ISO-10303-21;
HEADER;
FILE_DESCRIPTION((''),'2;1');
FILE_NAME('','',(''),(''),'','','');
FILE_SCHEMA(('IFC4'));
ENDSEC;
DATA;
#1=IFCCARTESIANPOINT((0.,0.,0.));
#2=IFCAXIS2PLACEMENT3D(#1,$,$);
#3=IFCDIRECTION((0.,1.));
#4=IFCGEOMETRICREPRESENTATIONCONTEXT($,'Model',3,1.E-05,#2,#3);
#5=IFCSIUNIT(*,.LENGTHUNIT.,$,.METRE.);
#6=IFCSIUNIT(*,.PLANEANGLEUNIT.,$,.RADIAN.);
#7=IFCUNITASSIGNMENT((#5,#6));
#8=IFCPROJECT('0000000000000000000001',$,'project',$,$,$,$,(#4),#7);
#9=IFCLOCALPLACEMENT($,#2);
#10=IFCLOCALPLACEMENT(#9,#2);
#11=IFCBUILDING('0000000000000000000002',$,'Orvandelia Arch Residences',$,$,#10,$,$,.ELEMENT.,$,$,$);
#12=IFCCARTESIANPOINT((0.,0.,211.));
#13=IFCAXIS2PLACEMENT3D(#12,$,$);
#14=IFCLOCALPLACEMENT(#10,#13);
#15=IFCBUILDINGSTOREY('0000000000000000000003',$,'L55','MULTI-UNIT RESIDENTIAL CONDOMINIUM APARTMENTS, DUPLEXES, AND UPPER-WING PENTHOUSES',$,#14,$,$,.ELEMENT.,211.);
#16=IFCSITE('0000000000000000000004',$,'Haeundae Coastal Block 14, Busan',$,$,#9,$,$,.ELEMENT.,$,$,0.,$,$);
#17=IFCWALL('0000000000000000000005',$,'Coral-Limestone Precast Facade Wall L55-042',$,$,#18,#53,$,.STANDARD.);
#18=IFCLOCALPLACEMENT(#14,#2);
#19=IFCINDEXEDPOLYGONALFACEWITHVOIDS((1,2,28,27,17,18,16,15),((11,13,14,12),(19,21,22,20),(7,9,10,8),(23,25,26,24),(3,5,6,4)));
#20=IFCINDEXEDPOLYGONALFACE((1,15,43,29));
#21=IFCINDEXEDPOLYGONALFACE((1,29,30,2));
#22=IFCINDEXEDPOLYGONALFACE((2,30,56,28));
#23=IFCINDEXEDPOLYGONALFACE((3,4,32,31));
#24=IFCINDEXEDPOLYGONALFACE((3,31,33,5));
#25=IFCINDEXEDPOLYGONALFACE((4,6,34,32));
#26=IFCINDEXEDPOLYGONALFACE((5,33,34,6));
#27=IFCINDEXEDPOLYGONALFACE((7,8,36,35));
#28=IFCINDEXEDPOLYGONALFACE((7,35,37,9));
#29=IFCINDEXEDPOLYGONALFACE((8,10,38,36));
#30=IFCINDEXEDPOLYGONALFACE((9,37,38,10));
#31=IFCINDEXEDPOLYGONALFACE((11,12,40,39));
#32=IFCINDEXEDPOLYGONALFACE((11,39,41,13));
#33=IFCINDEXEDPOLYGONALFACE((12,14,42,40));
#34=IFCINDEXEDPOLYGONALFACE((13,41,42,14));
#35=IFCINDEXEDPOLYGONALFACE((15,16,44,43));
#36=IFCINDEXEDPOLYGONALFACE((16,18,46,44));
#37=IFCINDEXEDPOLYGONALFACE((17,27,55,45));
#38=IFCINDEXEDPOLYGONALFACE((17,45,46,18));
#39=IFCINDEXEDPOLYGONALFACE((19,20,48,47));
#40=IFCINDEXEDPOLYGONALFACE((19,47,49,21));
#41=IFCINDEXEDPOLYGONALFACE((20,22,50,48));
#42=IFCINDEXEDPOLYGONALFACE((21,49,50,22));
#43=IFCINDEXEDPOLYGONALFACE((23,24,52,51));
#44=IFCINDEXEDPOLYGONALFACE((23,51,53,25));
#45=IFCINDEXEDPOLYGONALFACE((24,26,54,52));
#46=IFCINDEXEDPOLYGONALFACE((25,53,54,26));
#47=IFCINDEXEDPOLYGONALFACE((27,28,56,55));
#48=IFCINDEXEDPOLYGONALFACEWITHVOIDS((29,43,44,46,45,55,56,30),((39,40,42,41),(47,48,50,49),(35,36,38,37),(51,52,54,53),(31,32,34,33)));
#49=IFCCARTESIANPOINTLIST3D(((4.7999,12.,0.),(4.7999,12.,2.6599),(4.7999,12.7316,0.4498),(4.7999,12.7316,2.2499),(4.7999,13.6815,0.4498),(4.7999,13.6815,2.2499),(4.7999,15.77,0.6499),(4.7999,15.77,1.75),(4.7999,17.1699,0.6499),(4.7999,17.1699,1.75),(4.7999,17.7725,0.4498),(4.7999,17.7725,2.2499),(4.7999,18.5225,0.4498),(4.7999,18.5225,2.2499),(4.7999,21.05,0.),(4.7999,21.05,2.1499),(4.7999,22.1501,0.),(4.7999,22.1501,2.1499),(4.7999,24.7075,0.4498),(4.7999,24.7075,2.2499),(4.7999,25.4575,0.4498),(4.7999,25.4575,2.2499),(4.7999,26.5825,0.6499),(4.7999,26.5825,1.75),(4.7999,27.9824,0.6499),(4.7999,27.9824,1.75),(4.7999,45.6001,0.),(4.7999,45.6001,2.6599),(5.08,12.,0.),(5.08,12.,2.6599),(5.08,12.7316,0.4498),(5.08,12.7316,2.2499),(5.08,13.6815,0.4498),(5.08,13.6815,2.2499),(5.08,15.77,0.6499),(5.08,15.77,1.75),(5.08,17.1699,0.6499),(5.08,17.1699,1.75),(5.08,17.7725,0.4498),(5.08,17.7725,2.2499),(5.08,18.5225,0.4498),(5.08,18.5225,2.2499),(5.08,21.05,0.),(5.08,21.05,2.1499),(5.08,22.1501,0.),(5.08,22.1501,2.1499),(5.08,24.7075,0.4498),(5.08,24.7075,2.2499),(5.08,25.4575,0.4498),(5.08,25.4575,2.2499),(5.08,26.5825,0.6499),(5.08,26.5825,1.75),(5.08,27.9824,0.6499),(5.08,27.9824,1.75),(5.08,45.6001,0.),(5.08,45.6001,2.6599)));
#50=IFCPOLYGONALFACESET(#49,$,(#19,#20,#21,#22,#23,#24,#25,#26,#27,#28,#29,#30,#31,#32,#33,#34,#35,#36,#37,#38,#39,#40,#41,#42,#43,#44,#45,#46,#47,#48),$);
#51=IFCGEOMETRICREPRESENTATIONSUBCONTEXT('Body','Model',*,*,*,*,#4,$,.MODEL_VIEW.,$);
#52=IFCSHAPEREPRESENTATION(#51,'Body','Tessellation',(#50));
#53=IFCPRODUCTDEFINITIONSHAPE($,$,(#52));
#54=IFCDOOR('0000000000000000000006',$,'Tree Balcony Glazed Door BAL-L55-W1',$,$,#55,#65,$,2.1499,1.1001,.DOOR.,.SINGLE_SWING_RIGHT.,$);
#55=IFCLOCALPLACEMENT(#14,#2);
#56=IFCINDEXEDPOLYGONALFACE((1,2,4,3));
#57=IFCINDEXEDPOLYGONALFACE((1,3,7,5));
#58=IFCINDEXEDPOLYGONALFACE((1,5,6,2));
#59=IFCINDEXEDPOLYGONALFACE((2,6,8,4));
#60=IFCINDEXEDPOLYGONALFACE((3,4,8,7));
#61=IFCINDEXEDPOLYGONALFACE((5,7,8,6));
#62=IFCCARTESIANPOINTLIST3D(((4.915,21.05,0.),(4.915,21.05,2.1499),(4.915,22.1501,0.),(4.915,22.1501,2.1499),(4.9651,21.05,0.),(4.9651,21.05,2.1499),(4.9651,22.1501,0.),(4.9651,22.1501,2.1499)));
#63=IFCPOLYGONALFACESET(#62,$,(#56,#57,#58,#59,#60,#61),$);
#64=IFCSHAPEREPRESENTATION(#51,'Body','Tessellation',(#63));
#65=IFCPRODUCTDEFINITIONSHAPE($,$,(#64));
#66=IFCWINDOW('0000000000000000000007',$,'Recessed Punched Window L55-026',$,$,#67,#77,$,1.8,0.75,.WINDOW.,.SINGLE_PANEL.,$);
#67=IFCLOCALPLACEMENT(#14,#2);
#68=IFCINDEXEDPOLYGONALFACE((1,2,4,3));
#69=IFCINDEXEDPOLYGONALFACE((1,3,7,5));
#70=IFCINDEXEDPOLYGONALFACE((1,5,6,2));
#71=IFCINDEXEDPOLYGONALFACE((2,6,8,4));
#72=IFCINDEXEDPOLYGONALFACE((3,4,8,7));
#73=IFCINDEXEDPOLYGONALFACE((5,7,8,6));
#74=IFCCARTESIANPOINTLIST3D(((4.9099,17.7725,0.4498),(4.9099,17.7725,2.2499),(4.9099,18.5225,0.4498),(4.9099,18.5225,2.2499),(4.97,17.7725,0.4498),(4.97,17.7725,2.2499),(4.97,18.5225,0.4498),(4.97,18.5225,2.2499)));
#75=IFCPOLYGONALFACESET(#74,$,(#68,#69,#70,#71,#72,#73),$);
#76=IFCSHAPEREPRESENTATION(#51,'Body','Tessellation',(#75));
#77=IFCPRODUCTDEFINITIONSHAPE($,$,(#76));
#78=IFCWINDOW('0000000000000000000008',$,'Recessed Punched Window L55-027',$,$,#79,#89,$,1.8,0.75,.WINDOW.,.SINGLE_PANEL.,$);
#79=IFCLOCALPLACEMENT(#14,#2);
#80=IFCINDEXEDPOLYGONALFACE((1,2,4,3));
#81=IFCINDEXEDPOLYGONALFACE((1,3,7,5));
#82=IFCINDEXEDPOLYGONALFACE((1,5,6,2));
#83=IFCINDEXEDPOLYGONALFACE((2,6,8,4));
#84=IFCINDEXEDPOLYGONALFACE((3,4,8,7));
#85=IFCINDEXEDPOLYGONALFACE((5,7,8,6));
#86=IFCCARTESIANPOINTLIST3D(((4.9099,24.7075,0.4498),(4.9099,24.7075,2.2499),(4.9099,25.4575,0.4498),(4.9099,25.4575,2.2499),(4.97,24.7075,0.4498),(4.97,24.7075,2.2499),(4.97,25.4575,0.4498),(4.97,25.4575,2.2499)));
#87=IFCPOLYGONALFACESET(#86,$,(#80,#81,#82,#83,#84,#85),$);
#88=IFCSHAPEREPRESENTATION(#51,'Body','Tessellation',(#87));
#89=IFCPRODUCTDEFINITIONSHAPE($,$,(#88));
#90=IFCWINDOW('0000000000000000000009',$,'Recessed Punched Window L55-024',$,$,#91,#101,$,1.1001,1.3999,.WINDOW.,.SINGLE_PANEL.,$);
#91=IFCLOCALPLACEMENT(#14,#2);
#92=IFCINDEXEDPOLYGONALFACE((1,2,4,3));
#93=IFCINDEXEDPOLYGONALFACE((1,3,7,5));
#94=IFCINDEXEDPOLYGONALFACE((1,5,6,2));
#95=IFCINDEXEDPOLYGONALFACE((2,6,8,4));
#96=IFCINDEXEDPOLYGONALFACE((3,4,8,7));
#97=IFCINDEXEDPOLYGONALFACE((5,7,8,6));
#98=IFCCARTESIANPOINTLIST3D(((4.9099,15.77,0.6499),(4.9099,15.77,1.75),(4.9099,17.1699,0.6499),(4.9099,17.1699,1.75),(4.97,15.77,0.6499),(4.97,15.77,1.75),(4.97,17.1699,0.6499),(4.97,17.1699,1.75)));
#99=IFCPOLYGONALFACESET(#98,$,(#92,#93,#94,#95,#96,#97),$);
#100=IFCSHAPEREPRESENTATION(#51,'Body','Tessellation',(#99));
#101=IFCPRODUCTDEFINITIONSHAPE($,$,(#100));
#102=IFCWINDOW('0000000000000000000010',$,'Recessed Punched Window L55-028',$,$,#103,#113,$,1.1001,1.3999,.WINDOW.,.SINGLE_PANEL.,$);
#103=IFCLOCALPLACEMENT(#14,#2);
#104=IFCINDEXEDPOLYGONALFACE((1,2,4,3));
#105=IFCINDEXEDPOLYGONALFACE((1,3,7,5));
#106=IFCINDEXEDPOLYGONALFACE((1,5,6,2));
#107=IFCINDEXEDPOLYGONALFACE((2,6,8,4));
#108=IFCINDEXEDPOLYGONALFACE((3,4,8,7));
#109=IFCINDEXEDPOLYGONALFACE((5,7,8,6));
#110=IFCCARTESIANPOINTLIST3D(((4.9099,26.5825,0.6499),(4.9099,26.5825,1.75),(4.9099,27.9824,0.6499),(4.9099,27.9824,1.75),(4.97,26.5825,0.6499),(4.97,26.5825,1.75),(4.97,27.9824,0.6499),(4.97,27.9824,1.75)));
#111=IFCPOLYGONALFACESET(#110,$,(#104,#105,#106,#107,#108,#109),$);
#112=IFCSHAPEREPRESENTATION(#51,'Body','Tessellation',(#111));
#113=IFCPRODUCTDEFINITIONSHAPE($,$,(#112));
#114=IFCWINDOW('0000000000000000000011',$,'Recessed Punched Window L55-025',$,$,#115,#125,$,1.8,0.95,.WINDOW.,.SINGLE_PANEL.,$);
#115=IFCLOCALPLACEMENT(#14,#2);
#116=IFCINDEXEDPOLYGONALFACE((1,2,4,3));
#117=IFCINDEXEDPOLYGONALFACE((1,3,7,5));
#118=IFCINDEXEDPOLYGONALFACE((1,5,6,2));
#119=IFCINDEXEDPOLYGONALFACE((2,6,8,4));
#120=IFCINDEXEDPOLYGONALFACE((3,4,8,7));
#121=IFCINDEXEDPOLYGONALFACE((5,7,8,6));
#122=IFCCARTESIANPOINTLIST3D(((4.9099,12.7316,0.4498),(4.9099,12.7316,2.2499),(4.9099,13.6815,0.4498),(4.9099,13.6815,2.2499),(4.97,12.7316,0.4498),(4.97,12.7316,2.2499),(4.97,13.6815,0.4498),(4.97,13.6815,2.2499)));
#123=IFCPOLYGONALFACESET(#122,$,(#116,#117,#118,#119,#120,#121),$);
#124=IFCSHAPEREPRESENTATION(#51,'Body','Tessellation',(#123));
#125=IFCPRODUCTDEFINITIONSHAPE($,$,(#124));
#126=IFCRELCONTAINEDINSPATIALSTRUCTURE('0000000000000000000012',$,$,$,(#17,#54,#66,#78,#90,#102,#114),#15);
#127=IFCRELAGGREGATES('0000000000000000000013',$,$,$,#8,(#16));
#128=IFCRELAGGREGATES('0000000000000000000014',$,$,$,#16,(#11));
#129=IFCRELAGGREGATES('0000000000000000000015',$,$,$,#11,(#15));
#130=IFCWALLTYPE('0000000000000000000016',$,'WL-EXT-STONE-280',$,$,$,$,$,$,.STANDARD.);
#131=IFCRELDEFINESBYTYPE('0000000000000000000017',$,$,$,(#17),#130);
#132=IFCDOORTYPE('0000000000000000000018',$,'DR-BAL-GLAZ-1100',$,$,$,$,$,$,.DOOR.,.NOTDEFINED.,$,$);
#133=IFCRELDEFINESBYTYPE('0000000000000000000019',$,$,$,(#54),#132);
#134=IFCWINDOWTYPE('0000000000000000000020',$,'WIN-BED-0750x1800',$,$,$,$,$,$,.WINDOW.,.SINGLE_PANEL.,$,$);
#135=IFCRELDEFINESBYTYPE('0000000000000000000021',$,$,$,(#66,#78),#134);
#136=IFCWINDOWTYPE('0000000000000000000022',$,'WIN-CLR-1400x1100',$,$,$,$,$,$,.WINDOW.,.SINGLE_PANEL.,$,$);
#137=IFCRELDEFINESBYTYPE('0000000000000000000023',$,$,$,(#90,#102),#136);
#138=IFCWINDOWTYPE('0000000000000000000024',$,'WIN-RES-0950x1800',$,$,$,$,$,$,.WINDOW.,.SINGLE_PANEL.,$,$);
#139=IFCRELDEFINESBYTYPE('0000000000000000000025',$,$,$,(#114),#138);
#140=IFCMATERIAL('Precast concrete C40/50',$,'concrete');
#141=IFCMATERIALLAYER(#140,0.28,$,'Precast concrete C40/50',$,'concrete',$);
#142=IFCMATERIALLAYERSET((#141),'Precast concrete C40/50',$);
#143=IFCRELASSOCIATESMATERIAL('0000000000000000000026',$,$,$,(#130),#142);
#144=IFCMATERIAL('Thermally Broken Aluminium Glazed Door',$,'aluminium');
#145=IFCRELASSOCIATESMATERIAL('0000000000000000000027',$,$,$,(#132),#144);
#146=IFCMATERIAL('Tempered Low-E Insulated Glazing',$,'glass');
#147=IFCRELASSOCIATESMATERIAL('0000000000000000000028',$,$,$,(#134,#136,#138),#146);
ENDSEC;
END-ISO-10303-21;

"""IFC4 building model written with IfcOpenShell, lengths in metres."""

from ifc_helpers import new_model, si_unit, direction, frame, frame_2d, origin, place, context, subcontext, project, spatial, rectangle, extrude, material, layer, layer_set, type_object, element, fill, save


model = new_model("IFC4")

# Units and contexts
model_context = context("Model", 3, precision=1e-05, world=origin(), true_north=direction((0.0, 1.0)))
body_context = subcontext(model_context, "Body", "Model", "MODEL_VIEW")
ifc_project = project(units=[si_unit("LENGTHUNIT", "METRE"), si_unit("PLANEANGLEUNIT", "RADIAN")], contexts=[model_context])

# Site, building, storey
site_placement = place(None, origin())
site = spatial("IfcSite", under=ifc_project, at=site_placement, Name="Haeundae Coastal Block 14, Busan", CompositionType="ELEMENT", RefElevation=0.0)
building_placement = place(site_placement, origin())
building = spatial("IfcBuilding", under=site, at=building_placement, Name="Orvandelia Arch Residences", CompositionType="ELEMENT")
storey_placement = place(building_placement, frame((0.0, 0.0, 211.0)))
storey = spatial("IfcBuildingStorey", under=building, at=storey_placement, Name="L55", Description="MULTI-UNIT RESIDENTIAL CONDOMINIUM APARTMENTS, DUPLEXES, AND UPPER-WING PENTHOUSES", CompositionType="ELEMENT", Elevation=211.0)

# Shared definitions
ifc_material_1 = material(Name="Precast concrete C40/50", Category="concrete")

# Shared definitions
ifc_layer_1 = layer(ifc_material_1, 0.28, Name="Precast concrete C40/50", Category="concrete")
ifc_layer_set_1 = layer_set([ifc_layer_1], Name="Precast concrete C40/50")
wall_type_1 = type_object("IfcWallType", Name="WL-EXT-STONE-280", PredefinedType="STANDARD", material=ifc_layer_set_1)

# Wall, openings, door, windows
wall_1_placement = place(storey_placement, frame((4.9399, 12.0, 0.0), z_axis=(0.0, 0.0, 1.0), x_axis=(0.0, 1.0, 0.0)))
wall_1 = element("IfcWall", 1, at=wall_1_placement, inside=storey, type_object=wall_type_1, Name="Coral-Limestone Precast Facade Wall L55-042", PredefinedType="STANDARD", context=body_context, shape_type="SweptSolid", body=[
    extrude(rectangle(XDim=33.6001, YDim=0.28, at=frame_2d((16.8, 0.0))), origin(), (0.0, 0.0, 1.0), 2.6599),
])
opening_1_placement = place(wall_1_placement, frame((9.05, 0.0, 0.0)))
opening_1 = element("IfcOpeningElement", 2, at=opening_1_placement, cuts=wall_1, PredefinedType="OPENING", context=body_context, shape_type="SweptSolid", body=[
    extrude(rectangle(XDim=1.1001, YDim=2.1499, at=frame_2d((0.55, 1.075))), frame((0.0, 0.1499, 0.0), z_axis=(0.0, -1.0, 0.0), x_axis=(1.0, 0.0, 0.0)), (0.0, 0.0, 1.0), 0.3),
])
opening_2_placement = place(wall_1_placement, frame((3.77, 0.0, 0.6499)))
opening_2 = element("IfcOpeningElement", 3, at=opening_2_placement, cuts=wall_1, PredefinedType="OPENING", context=body_context, shape_type="SweptSolid", body=[
    extrude(rectangle(XDim=1.3999, YDim=1.1001, at=frame_2d((0.7, 0.55))), frame((0.0, 0.1499, 0.0), z_axis=(0.0, -1.0, 0.0), x_axis=(1.0, 0.0, 0.0)), (0.0, 0.0, 1.0), 0.3),
])
opening_3_placement = place(wall_1_placement, frame((0.7314, 0.0, 0.45)))
opening_3 = element("IfcOpeningElement", 4, at=opening_3_placement, cuts=wall_1, PredefinedType="OPENING", context=body_context, shape_type="SweptSolid", body=[
    extrude(rectangle(XDim=0.95, YDim=1.8, at=frame_2d((0.4751, 0.8999))), frame((0.0, 0.1499, 0.0), z_axis=(0.0, -1.0, 0.0), x_axis=(1.0, 0.0, 0.0)), (0.0, 0.0, 1.0), 0.3),
])
opening_4_placement = place(wall_1_placement, frame((5.7725, 0.0, 0.45)))
opening_4 = element("IfcOpeningElement", 5, at=opening_4_placement, cuts=wall_1, PredefinedType="OPENING", context=body_context, shape_type="SweptSolid", body=[
    extrude(rectangle(XDim=0.75, YDim=1.8, at=frame_2d((0.375, 0.8999))), frame((0.0, 0.1499, 0.0), z_axis=(0.0, -1.0, 0.0), x_axis=(1.0, 0.0, 0.0)), (0.0, 0.0, 1.0), 0.3),
])
opening_5_placement = place(wall_1_placement, frame((12.7075, 0.0, 0.45)))
opening_5 = element("IfcOpeningElement", 6, at=opening_5_placement, cuts=wall_1, PredefinedType="OPENING", context=body_context, shape_type="SweptSolid", body=[
    extrude(rectangle(XDim=0.75, YDim=1.8, at=frame_2d((0.375, 0.8999))), frame((0.0, 0.1499, 0.0), z_axis=(0.0, -1.0, 0.0), x_axis=(1.0, 0.0, 0.0)), (0.0, 0.0, 1.0), 0.3),
])
opening_6_placement = place(wall_1_placement, frame((14.5825, 0.0, 0.6499)))
opening_6 = element("IfcOpeningElement", 7, at=opening_6_placement, cuts=wall_1, PredefinedType="OPENING", context=body_context, shape_type="SweptSolid", body=[
    extrude(rectangle(XDim=1.3999, YDim=1.1001, at=frame_2d((0.7, 0.55))), frame((0.0, 0.1499, 0.0), z_axis=(0.0, -1.0, 0.0), x_axis=(1.0, 0.0, 0.0)), (0.0, 0.0, 1.0), 0.3),
])
ifc_material_2 = material(Name="Thermally Broken Aluminium Glazed Door", Category="aluminium")
door_type_1 = type_object("IfcDoorType", Name="DR-BAL-GLAZ-1100", OperationType="NOTDEFINED", PredefinedType="DOOR", material=ifc_material_2)
door_1_placement = place(opening_1_placement, origin())
door_1 = element("IfcDoor", 8, at=door_1_placement, inside=storey, type_object=door_type_1, Name="Tree Balcony Glazed Door BAL-L55-W1", OperationType="SINGLE_SWING_RIGHT", OverallHeight=2.1499, OverallWidth=1.1001, PredefinedType="DOOR", context=body_context, shape_type="SweptSolid", body=[
    extrude(rectangle(XDim=1.1001, YDim=2.1499, at=frame_2d((0.55, 1.075))), frame((0.0, 0.0249, 0.0), z_axis=(0.0, -1.0, 0.0), x_axis=(1.0, 0.0, 0.0)), (0.0, 0.0, 1.0), 0.05),
])
fill(opening_1, door_1)
ifc_material_3 = material(Name="Tempered Low-E Insulated Glazing", Category="glass")
window_type_1 = type_object("IfcWindowType", Name="WIN-BED-0750x1800", PartitioningType="SINGLE_PANEL", PredefinedType="WINDOW", material=ifc_material_3)
window_1_placement = place(opening_4_placement, origin())
window_1 = element("IfcWindow", 9, at=window_1_placement, inside=storey, type_object=window_type_1, Name="Recessed Punched Window L55-026", OverallHeight=1.8, OverallWidth=0.75, PartitioningType="SINGLE_PANEL", PredefinedType="WINDOW", context=body_context, shape_type="SweptSolid", body=[
    extrude(rectangle(XDim=0.75, YDim=1.8, at=frame_2d((0.375, 0.8999))), frame((0.0, 0.03, 0.0), z_axis=(0.0, -1.0, 0.0), x_axis=(1.0, 0.0, 0.0)), (0.0, 0.0, 1.0), 0.0601),
])
fill(opening_4, window_1)
window_2_placement = place(opening_5_placement, origin())
window_2 = element("IfcWindow", 10, at=window_2_placement, inside=storey, type_object=window_type_1, Name="Recessed Punched Window L55-027", OverallHeight=1.8, OverallWidth=0.75, PartitioningType="SINGLE_PANEL", PredefinedType="WINDOW", context=body_context, shape_type="SweptSolid", body=[
    extrude(rectangle(XDim=0.75, YDim=1.8, at=frame_2d((0.375, 0.8999))), frame((0.0, 0.03, 0.0), z_axis=(0.0, -1.0, 0.0), x_axis=(1.0, 0.0, 0.0)), (0.0, 0.0, 1.0), 0.0601),
])
fill(opening_5, window_2)
window_type_2 = type_object("IfcWindowType", Name="WIN-CLR-1400x1100", PartitioningType="SINGLE_PANEL", PredefinedType="WINDOW", material=ifc_material_3)
window_3_placement = place(opening_2_placement, origin())
window_3 = element("IfcWindow", 11, at=window_3_placement, inside=storey, type_object=window_type_2, Name="Recessed Punched Window L55-024", OverallHeight=1.1001, OverallWidth=1.3999, PartitioningType="SINGLE_PANEL", PredefinedType="WINDOW", context=body_context, shape_type="SweptSolid", body=[
    extrude(rectangle(XDim=1.3999, YDim=1.1001, at=frame_2d((0.7, 0.55))), frame((0.0, 0.03, 0.0), z_axis=(0.0, -1.0, 0.0), x_axis=(1.0, 0.0, 0.0)), (0.0, 0.0, 1.0), 0.0601),
])
fill(opening_2, window_3)
window_4_placement = place(opening_6_placement, origin())
window_4 = element("IfcWindow", 12, at=window_4_placement, inside=storey, type_object=window_type_2, Name="Recessed Punched Window L55-028", OverallHeight=1.1001, OverallWidth=1.3999, PartitioningType="SINGLE_PANEL", PredefinedType="WINDOW", context=body_context, shape_type="SweptSolid", body=[
    extrude(rectangle(XDim=1.3999, YDim=1.1001, at=frame_2d((0.7, 0.55))), frame((0.0, 0.03, 0.0), z_axis=(0.0, -1.0, 0.0), x_axis=(1.0, 0.0, 0.0)), (0.0, 0.0, 1.0), 0.0601),
])
fill(opening_6, window_4)
window_type_3 = type_object("IfcWindowType", Name="WIN-RES-0950x1800", PartitioningType="SINGLE_PANEL", PredefinedType="WINDOW", material=ifc_material_3)
window_5_placement = place(opening_3_placement, origin())
window_5 = element("IfcWindow", 13, at=window_5_placement, inside=storey, type_object=window_type_3, Name="Recessed Punched Window L55-025", OverallHeight=1.8, OverallWidth=0.95, PartitioningType="SINGLE_PANEL", PredefinedType="WINDOW", context=body_context, shape_type="SweptSolid", body=[
    extrude(rectangle(XDim=0.95, YDim=1.8, at=frame_2d((0.4751, 0.8999))), frame((0.0, 0.03, 0.0), z_axis=(0.0, -1.0, 0.0), x_axis=(1.0, 0.0, 0.0)), (0.0, 0.0, 1.0), 0.0601),
])
fill(opening_3, window_5)

save(model, "model.ifc")
